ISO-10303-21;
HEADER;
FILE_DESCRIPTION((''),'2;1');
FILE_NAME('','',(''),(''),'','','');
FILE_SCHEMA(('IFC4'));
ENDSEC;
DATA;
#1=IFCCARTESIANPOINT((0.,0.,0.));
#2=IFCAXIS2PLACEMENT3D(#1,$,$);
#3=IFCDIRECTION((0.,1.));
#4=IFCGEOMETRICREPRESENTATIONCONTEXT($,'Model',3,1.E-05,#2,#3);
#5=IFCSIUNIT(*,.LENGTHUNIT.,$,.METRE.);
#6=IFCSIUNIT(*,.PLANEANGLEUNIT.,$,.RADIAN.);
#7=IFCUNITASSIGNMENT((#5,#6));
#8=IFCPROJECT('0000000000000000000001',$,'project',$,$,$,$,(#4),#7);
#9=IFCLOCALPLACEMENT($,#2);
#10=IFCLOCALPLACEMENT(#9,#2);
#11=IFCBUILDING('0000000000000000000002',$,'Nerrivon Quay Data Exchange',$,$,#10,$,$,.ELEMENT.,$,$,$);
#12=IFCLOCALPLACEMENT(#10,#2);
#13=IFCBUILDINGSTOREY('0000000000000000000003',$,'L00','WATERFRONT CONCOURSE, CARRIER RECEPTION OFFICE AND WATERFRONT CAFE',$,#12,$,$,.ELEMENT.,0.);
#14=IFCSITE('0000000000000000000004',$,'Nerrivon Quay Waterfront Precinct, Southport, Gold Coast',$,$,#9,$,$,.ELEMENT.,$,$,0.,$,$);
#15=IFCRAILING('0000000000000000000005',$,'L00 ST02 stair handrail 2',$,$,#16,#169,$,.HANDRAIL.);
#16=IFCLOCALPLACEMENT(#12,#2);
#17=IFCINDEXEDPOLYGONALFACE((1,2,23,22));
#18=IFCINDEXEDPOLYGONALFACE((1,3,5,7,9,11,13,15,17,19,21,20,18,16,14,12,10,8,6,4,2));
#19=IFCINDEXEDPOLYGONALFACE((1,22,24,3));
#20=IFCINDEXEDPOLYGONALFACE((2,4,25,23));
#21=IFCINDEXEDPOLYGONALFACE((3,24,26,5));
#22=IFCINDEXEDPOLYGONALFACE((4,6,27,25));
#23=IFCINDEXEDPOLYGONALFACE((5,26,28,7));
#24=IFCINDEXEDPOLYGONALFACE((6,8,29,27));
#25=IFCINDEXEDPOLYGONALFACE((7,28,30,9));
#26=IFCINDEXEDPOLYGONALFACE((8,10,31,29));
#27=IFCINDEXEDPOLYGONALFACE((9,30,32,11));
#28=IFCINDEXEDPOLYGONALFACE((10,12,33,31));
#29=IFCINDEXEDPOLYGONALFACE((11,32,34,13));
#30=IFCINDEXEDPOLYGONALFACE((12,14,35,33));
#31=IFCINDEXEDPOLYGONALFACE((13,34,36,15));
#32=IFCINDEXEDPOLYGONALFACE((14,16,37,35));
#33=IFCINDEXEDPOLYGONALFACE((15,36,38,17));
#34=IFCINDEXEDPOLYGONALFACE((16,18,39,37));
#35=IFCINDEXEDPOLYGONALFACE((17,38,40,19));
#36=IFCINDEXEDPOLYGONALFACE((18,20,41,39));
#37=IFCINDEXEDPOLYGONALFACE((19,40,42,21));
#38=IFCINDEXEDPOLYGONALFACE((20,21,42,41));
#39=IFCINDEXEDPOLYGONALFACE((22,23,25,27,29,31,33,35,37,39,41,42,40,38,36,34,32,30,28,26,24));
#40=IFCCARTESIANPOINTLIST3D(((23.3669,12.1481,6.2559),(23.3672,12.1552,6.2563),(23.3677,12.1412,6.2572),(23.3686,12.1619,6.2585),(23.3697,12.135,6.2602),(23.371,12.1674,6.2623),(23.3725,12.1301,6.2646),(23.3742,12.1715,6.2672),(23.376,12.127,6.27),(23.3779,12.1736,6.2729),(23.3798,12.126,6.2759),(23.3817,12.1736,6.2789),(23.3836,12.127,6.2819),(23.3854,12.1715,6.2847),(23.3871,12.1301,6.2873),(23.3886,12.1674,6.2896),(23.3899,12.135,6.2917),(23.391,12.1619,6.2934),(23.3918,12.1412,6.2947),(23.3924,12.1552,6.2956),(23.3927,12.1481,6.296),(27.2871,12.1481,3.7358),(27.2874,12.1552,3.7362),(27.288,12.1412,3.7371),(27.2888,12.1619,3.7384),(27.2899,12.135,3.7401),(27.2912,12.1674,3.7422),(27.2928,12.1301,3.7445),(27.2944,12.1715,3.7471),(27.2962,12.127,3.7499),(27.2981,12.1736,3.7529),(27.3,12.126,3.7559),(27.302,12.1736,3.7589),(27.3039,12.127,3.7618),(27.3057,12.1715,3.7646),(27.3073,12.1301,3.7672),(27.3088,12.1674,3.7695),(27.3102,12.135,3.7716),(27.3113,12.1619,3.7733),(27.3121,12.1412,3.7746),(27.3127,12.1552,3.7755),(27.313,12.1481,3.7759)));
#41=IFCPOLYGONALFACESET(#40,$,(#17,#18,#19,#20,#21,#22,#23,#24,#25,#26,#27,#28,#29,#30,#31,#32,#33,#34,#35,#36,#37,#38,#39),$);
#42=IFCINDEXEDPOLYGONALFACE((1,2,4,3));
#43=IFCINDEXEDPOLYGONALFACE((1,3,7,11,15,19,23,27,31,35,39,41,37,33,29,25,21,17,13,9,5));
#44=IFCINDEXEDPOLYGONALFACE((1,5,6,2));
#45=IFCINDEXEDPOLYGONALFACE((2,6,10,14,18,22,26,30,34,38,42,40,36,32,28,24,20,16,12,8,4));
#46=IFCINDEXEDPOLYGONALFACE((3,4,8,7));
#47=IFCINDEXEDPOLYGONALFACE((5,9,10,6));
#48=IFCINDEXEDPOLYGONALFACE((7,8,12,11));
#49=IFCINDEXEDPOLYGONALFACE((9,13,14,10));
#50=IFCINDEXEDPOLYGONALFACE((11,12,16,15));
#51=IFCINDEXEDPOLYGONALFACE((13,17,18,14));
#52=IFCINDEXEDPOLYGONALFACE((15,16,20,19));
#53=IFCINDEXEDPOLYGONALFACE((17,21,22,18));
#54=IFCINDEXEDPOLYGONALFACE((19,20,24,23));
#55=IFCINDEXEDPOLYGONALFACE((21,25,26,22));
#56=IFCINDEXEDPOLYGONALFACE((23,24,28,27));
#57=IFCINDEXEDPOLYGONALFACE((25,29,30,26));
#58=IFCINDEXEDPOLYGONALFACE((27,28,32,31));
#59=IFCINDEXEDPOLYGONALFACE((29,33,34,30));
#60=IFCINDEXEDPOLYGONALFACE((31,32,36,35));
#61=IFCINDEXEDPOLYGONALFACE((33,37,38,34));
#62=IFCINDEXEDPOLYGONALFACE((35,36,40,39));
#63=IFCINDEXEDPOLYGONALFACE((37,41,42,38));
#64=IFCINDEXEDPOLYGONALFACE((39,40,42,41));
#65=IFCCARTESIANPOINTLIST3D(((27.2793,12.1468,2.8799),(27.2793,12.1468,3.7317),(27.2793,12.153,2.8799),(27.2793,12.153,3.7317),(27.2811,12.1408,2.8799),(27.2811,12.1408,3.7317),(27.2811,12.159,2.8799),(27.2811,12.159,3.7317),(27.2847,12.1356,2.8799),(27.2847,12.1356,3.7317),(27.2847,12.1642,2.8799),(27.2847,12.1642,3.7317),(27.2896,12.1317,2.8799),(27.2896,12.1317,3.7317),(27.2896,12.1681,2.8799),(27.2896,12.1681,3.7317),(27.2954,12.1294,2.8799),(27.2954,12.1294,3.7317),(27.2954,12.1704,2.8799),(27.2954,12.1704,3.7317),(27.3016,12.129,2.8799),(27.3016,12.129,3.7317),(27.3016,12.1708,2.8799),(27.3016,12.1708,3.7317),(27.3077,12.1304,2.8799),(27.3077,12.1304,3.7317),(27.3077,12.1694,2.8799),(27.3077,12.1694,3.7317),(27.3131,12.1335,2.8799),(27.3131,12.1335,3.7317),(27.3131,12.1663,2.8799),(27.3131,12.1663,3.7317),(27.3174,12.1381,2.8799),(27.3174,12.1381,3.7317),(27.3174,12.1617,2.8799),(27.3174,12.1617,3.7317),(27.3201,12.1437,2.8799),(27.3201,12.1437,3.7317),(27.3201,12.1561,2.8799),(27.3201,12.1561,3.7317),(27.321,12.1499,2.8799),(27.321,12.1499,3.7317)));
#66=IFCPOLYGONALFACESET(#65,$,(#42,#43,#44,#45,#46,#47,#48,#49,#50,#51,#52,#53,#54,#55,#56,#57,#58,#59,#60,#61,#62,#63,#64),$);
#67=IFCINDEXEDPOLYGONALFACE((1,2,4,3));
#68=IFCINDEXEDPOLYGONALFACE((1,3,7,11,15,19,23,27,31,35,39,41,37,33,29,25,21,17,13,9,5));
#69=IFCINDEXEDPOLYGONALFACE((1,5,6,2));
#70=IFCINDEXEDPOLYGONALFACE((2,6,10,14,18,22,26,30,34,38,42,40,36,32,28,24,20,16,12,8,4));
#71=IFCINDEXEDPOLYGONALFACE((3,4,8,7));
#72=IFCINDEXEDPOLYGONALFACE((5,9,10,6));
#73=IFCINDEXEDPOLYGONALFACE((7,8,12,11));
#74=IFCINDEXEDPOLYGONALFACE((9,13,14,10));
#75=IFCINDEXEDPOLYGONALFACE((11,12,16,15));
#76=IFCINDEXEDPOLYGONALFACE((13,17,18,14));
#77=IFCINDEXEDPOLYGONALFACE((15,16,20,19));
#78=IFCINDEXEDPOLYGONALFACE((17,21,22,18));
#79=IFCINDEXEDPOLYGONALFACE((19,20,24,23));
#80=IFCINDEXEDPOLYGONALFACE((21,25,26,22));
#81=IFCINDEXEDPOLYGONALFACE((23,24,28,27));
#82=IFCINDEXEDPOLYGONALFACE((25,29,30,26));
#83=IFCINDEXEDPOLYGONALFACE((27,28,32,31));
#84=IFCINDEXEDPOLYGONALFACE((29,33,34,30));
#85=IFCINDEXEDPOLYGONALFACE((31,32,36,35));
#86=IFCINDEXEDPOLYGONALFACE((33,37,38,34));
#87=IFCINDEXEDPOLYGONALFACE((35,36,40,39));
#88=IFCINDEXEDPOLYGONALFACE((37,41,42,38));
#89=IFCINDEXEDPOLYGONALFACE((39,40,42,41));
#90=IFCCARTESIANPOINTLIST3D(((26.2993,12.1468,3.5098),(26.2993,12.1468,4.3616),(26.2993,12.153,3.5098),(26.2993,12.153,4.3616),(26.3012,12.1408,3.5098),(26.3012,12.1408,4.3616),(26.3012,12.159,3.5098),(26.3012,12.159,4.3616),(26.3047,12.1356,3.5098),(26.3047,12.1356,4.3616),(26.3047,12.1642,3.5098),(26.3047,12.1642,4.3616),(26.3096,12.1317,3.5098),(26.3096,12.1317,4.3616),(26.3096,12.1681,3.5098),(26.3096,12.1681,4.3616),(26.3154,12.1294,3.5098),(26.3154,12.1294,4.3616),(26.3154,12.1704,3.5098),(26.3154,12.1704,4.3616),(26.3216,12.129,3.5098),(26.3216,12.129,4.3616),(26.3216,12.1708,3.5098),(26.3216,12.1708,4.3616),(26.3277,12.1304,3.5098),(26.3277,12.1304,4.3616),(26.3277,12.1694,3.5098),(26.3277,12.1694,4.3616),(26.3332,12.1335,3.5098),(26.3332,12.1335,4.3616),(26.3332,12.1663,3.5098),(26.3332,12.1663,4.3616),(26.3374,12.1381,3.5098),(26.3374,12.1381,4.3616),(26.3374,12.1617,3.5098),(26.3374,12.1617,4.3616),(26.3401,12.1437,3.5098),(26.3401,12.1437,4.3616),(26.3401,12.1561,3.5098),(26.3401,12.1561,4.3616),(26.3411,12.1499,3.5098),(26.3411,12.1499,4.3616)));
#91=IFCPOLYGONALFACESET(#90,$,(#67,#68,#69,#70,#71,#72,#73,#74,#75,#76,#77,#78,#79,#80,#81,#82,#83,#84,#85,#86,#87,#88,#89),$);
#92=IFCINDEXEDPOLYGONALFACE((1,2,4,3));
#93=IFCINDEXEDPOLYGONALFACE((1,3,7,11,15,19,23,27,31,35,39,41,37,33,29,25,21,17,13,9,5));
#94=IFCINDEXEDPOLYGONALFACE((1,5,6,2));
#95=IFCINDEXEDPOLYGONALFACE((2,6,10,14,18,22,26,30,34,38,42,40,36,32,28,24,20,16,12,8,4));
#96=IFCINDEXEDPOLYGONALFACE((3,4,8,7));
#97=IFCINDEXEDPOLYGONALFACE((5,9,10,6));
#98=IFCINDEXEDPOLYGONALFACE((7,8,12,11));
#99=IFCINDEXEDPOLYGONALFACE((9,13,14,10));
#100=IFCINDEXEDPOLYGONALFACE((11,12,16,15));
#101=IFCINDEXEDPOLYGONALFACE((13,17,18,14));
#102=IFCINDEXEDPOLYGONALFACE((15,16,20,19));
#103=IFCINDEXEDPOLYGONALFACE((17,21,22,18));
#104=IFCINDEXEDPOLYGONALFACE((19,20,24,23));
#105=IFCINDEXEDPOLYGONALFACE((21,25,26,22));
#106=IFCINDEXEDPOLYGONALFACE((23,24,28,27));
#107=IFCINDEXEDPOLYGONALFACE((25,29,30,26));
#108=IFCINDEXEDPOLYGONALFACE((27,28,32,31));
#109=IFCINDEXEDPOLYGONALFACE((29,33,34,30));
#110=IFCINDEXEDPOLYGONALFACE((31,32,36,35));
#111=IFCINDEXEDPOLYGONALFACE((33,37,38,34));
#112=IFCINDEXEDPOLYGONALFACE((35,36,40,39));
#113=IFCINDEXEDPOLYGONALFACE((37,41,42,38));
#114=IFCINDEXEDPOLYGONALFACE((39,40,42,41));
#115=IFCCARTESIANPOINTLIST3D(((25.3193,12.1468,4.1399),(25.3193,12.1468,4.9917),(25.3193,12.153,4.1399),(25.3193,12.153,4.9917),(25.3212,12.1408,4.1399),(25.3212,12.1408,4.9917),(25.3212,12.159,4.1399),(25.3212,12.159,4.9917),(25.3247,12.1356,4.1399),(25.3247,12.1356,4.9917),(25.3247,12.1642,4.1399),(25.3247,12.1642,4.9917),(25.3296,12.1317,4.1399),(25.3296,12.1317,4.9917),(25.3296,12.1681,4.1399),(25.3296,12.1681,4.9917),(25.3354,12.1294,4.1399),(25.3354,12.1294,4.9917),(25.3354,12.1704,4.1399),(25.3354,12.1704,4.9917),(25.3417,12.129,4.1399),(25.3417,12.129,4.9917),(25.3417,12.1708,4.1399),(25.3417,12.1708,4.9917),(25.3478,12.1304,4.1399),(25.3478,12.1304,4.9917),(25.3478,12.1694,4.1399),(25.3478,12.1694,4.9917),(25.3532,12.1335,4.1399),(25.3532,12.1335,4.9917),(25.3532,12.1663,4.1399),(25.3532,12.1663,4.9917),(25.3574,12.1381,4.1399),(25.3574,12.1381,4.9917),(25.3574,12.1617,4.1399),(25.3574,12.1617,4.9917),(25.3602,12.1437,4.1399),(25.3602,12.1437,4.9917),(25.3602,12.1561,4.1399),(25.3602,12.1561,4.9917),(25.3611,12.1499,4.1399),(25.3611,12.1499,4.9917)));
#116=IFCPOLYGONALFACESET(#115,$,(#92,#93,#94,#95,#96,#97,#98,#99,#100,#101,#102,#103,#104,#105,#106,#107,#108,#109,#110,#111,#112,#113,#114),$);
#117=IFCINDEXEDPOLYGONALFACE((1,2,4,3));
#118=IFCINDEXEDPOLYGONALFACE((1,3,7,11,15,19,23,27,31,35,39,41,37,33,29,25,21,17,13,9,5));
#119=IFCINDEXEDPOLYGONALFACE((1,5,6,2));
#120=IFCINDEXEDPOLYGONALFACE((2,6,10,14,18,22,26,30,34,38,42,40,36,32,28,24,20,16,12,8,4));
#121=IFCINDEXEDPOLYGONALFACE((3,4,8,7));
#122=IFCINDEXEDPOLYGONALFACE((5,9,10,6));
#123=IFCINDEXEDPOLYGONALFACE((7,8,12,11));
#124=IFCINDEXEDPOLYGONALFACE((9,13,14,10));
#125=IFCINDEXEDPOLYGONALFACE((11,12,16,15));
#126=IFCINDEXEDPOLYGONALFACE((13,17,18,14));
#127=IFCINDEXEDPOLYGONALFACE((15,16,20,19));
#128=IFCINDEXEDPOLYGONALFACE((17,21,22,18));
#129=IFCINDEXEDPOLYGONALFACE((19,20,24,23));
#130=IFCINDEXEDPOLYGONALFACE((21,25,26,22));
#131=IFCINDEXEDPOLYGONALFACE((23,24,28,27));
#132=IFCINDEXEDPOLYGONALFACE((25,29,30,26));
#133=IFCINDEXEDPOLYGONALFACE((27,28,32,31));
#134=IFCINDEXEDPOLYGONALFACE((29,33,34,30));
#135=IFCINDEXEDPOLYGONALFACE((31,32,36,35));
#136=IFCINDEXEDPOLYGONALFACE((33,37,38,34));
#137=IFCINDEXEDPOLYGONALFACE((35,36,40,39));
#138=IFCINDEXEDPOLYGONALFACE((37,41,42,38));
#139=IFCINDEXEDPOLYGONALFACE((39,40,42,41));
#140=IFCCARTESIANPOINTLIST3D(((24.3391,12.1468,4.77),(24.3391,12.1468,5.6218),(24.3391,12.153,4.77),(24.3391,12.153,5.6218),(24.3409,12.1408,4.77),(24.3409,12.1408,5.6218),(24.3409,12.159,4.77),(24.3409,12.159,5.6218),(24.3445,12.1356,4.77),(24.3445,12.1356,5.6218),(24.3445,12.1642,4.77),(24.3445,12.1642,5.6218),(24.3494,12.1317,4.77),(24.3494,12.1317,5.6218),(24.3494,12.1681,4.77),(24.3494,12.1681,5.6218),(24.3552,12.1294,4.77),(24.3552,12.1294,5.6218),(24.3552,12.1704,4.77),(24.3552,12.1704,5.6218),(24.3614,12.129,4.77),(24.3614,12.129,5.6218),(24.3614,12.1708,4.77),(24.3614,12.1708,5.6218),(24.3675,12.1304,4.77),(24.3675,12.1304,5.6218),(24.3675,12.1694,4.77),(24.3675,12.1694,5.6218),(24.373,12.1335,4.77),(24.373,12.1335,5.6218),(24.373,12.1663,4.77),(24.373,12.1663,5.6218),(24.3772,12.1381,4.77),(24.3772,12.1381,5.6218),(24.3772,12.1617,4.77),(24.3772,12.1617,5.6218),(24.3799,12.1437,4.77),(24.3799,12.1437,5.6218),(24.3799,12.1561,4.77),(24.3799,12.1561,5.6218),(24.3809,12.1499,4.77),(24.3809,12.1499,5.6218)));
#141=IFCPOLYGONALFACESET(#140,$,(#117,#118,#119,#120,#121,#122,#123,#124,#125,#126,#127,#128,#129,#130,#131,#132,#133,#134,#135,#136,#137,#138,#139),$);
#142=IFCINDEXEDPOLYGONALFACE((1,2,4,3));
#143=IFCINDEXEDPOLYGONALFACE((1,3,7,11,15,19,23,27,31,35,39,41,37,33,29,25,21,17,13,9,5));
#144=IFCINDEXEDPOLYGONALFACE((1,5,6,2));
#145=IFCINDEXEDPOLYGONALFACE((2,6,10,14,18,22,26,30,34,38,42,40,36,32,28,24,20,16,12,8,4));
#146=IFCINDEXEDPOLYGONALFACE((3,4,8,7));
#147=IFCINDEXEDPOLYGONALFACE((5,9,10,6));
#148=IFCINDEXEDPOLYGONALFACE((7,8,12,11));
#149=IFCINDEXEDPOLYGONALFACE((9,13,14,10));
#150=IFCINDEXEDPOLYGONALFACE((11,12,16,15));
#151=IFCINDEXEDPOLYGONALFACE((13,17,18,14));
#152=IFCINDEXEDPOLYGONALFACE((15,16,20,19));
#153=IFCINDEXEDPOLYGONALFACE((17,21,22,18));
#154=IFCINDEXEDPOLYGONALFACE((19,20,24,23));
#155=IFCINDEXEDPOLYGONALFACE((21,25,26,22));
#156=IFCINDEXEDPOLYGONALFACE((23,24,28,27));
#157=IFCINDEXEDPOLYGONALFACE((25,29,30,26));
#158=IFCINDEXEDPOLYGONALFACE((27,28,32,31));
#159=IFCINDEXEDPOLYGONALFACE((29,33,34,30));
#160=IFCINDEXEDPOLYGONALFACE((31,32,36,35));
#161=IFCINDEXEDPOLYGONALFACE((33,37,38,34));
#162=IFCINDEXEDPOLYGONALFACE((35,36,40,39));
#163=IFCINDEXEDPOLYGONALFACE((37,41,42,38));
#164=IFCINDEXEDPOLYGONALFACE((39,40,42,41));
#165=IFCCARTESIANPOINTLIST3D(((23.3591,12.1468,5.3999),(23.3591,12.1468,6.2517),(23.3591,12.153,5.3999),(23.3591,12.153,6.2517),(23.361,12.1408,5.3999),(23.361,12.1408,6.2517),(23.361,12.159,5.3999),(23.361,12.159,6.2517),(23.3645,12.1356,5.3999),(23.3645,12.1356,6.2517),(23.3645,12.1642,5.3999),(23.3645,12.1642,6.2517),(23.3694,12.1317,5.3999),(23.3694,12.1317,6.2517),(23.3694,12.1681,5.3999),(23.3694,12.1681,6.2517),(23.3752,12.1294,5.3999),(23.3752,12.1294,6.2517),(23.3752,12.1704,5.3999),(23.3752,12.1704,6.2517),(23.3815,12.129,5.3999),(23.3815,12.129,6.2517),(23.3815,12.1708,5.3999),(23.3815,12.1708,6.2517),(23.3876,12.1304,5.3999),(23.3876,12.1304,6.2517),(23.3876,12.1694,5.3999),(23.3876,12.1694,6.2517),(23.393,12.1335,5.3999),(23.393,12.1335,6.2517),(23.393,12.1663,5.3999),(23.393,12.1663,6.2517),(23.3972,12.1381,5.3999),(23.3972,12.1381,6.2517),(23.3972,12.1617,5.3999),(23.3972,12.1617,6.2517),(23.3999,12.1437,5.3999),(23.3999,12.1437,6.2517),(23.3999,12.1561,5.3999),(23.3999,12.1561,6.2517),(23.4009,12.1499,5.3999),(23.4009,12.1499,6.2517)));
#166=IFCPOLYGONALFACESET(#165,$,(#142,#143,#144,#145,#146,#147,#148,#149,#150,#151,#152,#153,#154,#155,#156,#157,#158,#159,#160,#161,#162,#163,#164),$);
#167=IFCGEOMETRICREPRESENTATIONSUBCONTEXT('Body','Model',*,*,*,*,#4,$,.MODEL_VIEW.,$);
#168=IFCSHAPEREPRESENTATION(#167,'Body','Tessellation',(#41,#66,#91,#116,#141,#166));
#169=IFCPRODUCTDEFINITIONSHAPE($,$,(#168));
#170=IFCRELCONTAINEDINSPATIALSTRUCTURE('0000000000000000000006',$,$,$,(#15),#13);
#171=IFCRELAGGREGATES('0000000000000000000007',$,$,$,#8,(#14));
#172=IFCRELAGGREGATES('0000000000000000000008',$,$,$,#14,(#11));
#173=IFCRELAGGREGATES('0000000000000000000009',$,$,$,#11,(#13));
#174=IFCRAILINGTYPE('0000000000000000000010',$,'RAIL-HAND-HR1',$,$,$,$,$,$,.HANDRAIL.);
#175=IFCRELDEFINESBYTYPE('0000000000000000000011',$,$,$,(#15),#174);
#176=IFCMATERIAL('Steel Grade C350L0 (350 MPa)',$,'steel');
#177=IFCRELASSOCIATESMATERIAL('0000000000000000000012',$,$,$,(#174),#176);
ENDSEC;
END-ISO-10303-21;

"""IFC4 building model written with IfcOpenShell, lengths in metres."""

from ifc_helpers import new_model, si_unit, direction, frame, origin, origin_2d, place, context, subcontext, project, spatial, circle, extrude, material, type_object, element, save


model = new_model("IFC4")

# Units and contexts
model_context = context("Model", 3, precision=1e-05, world=origin(), true_north=direction((0.0, 1.0)))
body_context = subcontext(model_context, "Body", "Model", "MODEL_VIEW")
ifc_project = project(units=[si_unit("LENGTHUNIT", "METRE"), si_unit("PLANEANGLEUNIT", "RADIAN")], contexts=[model_context])

# Site, building, storey
site_placement = place(None, origin())
site = spatial("IfcSite", under=ifc_project, at=site_placement, Name="Nerrivon Quay Waterfront Precinct, Southport, Gold Coast", CompositionType="ELEMENT", RefElevation=0.0)
building_placement = place(site_placement, origin())
building = spatial("IfcBuilding", under=site, at=building_placement, Name="Nerrivon Quay Data Exchange", CompositionType="ELEMENT")
storey_placement = place(building_placement, origin())
storey = spatial("IfcBuildingStorey", under=building, at=storey_placement, Name="L00", Description="WATERFRONT CONCOURSE, CARRIER RECEPTION OFFICE AND WATERFRONT CAFE", CompositionType="ELEMENT", Elevation=0.0)

# Railing
ifc_material_1 = material(Name="Steel Grade C350L0 (350 MPa)", Category="steel")
railing_type_1 = type_object("IfcRailingType", Name="RAIL-HAND-HR1", PredefinedType="HANDRAIL", material=ifc_material_1)
railing_1_placement = place(storey_placement, frame((27.3, 12.1499, 2.8799)))
element("IfcRailing", 1, at=railing_1_placement, inside=storey, type_object=railing_type_1, Name="L00 ST02 stair handrail 2", PredefinedType="HANDRAIL", context=body_context, shape_type="SweptSolid", body=[
    extrude(circle(Radius=0.0239, at=origin_2d()), frame((0.0, 0.0, 0.876), z_axis=(-0.841187, 0.0, 0.540744), x_axis=(0.0, -1.0, 0.0)), (0.0, 0.0, 1.0), 4.6604),
    extrude(circle(Radius=0.021, at=origin_2d()), origin(), (0.0, 0.0, 1.0), 0.8518),
    extrude(circle(Radius=0.021, at=origin_2d()), frame((-0.98, 0.0, 0.6299)), (0.0, 0.0, 1.0), 0.8518),
    extrude(circle(Radius=0.021, at=origin_2d()), frame((-1.96, 0.0, 1.26)), (0.0, 0.0, 1.0), 0.8518),
    extrude(circle(Radius=0.021, at=origin_2d()), frame((-2.9402, 0.0, 1.8901)), (0.0, 0.0, 1.0), 0.8518),
    extrude(circle(Radius=0.021, at=origin_2d()), frame((-3.9202, 0.0, 2.52)), (0.0, 0.0, 1.0), 0.8518),
])

save(model, "model.ifc")
